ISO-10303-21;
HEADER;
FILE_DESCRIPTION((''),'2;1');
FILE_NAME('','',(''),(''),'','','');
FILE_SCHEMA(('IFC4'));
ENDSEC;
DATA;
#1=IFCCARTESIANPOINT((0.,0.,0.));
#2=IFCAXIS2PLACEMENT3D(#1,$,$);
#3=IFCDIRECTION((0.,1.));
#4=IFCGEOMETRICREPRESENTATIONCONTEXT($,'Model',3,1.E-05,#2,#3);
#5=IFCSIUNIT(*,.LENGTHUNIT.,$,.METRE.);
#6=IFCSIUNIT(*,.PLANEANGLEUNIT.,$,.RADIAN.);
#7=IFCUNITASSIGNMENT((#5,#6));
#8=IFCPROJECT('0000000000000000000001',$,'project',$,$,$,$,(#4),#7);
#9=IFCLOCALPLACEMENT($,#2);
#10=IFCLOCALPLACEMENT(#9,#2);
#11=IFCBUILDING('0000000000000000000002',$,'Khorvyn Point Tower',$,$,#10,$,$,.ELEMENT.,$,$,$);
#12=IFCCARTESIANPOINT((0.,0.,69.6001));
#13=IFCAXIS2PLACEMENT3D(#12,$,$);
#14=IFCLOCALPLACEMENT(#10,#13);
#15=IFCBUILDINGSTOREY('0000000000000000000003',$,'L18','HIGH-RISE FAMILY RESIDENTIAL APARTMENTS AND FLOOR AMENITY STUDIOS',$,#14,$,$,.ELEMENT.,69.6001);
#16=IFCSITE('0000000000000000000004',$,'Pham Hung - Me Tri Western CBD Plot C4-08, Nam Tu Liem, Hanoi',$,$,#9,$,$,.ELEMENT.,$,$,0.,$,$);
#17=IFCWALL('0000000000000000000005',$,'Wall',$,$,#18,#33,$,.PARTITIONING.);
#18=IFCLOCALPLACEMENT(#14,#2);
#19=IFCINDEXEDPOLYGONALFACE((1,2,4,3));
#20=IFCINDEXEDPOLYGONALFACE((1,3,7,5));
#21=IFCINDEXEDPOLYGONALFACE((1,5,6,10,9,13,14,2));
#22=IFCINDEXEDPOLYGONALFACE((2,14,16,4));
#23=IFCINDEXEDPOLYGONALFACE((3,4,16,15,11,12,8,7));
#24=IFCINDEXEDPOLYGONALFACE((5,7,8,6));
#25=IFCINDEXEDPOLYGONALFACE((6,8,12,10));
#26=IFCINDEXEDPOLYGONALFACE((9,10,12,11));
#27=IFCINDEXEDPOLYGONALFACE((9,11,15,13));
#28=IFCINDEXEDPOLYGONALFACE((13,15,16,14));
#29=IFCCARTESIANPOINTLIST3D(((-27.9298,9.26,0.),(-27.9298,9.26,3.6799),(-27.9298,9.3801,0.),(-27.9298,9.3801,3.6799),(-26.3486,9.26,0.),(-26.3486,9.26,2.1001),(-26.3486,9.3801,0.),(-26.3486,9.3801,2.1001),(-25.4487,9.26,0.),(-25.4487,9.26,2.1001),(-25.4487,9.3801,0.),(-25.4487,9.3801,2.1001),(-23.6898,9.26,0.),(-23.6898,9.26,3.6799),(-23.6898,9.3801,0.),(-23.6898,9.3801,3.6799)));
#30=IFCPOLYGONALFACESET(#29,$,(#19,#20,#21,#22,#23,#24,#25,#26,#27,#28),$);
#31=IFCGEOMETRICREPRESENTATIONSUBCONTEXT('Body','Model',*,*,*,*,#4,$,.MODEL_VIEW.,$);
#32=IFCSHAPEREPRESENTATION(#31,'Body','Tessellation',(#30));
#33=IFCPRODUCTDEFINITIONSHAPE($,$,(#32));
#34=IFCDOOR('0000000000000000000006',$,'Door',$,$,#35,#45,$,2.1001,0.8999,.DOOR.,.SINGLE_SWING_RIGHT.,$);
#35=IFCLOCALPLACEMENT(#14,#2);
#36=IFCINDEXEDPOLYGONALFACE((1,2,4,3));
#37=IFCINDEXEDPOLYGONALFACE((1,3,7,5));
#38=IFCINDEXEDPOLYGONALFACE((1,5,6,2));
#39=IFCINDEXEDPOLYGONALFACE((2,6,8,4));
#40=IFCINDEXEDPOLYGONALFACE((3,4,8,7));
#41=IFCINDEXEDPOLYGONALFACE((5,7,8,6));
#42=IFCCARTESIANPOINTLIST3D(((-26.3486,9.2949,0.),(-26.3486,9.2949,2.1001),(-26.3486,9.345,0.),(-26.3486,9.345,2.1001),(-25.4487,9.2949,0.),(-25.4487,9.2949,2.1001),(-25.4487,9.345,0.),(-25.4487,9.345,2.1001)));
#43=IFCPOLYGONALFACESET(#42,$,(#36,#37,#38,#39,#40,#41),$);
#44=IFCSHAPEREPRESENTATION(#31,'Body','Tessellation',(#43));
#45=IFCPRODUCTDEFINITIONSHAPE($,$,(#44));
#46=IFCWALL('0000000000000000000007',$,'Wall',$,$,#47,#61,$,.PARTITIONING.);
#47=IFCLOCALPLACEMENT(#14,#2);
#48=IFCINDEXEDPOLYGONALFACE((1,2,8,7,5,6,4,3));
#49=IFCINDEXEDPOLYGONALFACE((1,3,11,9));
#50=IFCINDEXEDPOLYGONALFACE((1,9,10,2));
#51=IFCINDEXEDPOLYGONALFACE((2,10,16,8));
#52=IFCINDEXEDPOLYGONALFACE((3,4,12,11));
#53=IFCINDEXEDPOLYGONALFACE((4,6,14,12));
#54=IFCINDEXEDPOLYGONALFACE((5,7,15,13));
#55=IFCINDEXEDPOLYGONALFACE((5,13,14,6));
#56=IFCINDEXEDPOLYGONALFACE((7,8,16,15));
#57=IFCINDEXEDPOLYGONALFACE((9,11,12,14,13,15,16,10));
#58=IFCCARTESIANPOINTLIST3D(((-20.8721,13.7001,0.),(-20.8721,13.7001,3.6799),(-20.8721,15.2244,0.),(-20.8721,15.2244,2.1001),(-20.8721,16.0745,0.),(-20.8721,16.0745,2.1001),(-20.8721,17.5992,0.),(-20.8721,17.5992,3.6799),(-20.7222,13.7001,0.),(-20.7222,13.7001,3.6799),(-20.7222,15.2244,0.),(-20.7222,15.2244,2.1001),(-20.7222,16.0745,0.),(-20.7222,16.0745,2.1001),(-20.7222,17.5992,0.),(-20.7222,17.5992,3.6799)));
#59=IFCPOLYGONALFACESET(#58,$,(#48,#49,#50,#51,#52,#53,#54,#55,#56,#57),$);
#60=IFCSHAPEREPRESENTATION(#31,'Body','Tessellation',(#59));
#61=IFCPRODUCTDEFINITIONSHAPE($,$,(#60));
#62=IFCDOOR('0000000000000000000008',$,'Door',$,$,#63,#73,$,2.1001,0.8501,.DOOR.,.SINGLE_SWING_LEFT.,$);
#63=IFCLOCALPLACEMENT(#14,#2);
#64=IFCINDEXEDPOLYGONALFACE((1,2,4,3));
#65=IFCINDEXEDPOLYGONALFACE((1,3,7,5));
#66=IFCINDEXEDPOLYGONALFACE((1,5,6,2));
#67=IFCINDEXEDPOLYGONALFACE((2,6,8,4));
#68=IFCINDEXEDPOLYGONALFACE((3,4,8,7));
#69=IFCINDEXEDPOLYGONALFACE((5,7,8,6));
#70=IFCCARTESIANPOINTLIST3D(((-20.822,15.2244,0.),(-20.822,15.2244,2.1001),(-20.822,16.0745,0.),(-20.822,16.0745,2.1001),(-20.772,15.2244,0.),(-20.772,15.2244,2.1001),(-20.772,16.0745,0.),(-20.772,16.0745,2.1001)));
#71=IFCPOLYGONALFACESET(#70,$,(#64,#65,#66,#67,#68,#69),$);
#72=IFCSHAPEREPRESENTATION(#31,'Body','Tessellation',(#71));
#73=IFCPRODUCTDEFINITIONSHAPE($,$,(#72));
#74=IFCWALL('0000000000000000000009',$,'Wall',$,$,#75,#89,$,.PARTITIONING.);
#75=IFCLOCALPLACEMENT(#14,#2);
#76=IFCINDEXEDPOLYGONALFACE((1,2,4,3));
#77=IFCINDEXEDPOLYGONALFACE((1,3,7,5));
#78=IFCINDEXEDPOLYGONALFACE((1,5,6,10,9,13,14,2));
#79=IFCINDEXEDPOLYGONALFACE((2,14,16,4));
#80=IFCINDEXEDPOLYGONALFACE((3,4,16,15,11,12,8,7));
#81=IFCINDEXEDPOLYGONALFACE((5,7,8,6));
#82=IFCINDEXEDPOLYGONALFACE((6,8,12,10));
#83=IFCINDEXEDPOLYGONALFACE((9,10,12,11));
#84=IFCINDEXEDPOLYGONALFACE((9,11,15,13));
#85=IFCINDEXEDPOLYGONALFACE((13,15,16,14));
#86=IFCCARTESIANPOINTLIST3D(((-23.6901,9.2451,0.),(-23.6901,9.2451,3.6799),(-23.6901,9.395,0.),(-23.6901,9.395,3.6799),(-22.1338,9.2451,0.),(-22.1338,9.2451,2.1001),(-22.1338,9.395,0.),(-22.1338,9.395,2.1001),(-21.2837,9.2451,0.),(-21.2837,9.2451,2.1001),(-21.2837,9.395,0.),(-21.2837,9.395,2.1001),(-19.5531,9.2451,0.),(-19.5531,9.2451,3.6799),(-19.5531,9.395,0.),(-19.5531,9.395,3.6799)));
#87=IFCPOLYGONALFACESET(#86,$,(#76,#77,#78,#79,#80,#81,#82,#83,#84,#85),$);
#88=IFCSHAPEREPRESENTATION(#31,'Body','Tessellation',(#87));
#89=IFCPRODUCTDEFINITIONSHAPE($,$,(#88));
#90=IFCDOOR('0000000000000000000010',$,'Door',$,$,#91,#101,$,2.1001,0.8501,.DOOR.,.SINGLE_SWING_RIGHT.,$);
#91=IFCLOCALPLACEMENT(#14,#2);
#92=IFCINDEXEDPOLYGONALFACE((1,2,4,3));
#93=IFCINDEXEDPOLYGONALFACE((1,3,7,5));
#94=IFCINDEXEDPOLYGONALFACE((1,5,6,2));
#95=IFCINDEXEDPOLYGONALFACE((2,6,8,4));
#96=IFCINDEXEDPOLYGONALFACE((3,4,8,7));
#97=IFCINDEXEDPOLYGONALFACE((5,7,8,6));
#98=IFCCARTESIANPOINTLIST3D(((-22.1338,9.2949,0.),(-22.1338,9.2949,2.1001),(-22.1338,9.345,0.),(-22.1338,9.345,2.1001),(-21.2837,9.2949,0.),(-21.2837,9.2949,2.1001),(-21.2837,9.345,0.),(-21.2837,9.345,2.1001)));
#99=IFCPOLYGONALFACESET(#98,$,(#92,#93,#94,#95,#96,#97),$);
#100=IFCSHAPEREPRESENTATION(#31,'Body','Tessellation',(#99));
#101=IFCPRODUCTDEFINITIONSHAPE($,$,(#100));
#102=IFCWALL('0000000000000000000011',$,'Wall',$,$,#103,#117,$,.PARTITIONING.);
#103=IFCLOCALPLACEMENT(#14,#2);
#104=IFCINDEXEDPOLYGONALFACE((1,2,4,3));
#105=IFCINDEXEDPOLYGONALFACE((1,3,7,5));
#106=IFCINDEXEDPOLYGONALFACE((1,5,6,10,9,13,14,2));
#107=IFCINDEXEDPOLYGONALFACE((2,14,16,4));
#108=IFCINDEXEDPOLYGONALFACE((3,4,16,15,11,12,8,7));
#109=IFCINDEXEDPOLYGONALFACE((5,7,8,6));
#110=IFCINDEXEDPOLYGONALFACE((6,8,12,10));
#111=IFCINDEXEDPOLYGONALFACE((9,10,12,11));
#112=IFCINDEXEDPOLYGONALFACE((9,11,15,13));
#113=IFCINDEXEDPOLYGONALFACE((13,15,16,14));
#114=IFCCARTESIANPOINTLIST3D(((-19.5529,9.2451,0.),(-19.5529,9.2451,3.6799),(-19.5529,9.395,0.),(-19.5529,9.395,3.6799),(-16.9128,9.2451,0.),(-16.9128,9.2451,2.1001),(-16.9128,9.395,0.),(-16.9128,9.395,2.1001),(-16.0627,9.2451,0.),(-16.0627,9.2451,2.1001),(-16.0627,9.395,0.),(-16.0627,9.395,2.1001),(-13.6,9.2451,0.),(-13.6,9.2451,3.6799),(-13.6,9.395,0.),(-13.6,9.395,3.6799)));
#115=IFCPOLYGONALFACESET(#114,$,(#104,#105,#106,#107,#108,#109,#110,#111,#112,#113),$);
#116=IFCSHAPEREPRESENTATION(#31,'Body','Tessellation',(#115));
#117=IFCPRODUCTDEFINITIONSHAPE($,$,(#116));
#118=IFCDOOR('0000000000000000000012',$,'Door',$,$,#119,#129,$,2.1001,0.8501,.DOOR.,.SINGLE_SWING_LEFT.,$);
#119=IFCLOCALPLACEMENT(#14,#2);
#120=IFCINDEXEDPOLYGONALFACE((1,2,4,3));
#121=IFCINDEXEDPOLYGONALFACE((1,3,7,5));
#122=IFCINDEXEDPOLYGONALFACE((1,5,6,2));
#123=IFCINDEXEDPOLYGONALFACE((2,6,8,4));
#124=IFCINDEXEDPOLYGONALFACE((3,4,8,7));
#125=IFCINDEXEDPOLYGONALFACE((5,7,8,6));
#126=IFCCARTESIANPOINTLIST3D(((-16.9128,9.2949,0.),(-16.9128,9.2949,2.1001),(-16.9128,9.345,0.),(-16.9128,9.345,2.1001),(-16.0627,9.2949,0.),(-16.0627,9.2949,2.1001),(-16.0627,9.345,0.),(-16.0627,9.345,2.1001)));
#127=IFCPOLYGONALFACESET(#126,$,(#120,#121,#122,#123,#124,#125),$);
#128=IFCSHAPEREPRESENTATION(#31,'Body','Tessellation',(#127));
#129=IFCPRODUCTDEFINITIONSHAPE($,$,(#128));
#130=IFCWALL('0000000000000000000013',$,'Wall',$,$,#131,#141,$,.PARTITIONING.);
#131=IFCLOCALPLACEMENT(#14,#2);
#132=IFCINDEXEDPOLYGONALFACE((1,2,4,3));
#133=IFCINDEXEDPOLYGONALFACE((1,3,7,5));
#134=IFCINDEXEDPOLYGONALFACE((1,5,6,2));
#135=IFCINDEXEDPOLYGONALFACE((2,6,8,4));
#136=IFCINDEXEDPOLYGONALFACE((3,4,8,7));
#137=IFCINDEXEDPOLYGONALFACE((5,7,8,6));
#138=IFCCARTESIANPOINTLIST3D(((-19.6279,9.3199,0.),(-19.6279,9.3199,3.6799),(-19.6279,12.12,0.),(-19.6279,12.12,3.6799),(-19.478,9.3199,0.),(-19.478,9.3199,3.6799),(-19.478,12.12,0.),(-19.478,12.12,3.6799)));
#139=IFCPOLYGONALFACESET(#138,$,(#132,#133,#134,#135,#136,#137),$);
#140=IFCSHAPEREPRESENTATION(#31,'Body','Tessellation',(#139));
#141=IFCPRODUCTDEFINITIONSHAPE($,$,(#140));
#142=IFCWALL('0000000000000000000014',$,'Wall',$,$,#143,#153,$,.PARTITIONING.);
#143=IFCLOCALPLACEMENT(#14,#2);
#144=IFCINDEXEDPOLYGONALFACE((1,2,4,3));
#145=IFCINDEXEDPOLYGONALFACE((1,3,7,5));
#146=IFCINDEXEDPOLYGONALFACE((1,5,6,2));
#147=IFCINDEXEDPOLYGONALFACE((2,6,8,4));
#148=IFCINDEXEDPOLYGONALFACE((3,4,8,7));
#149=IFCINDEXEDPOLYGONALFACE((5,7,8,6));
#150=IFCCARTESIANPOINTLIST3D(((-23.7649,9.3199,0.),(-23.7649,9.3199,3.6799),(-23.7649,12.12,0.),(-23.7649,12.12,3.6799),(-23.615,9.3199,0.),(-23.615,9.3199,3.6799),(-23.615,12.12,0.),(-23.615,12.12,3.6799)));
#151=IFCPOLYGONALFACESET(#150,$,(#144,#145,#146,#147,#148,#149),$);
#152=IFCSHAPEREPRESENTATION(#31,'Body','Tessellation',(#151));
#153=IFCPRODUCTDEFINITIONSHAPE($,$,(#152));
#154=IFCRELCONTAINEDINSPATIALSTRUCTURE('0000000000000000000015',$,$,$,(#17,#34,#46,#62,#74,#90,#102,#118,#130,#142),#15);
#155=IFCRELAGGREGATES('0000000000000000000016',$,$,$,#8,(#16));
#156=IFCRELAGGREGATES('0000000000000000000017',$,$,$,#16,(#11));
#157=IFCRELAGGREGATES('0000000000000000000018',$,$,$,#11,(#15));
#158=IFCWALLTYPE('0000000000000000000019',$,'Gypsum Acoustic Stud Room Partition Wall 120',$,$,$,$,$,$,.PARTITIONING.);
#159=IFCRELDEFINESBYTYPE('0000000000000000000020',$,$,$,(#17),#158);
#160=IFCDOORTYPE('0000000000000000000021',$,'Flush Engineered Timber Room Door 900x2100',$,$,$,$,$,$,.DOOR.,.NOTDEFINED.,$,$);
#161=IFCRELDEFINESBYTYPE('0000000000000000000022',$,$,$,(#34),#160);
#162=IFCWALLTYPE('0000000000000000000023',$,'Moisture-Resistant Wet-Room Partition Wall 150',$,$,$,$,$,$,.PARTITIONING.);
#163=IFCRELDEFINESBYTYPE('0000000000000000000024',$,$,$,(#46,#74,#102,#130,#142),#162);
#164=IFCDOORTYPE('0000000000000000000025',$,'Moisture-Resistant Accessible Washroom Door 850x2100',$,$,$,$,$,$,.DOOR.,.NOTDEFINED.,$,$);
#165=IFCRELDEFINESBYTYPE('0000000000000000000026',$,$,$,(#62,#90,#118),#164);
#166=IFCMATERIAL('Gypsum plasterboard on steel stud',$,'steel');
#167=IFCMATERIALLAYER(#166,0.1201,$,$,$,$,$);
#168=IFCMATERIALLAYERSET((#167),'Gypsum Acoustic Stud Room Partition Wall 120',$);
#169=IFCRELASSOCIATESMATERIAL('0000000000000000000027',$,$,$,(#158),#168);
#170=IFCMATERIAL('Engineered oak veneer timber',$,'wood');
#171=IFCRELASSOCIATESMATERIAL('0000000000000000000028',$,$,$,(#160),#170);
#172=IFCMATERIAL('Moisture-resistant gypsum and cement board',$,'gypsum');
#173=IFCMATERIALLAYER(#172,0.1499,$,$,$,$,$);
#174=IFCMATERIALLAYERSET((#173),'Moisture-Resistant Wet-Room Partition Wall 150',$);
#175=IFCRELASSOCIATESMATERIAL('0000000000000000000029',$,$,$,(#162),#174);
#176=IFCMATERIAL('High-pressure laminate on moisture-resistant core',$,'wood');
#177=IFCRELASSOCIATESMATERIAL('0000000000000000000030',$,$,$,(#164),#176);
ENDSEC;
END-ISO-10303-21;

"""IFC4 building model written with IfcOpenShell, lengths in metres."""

from ifc_helpers import new_model, si_unit, direction, frame, frame_2d, origin, place, context, subcontext, project, spatial, rectangle, extrude, material, layer, layer_set, type_object, element, fill, save


model = new_model("IFC4")

# Units and contexts
model_context = context("Model", 3, precision=1e-05, world=origin(), true_north=direction((0.0, 1.0)))
body_context = subcontext(model_context, "Body", "Model", "MODEL_VIEW")
ifc_project = project(units=[si_unit("LENGTHUNIT", "METRE"), si_unit("PLANEANGLEUNIT", "RADIAN")], contexts=[model_context])

# Site, building, storey
site_placement = place(None, origin())
site = spatial("IfcSite", under=ifc_project, at=site_placement, Name="Pham Hung - Me Tri Western CBD Plot C4-08, Nam Tu Liem, Hanoi", CompositionType="ELEMENT", RefElevation=0.0)
building_placement = place(site_placement, origin())
building = spatial("IfcBuilding", under=site, at=building_placement, Name="Khorvyn Point Tower", CompositionType="ELEMENT")
storey_placement = place(building_placement, frame((0.0, 0.0, 69.6001)))
storey = spatial("IfcBuildingStorey", under=building, at=storey_placement, Name="L18", Description="HIGH-RISE FAMILY RESIDENTIAL APARTMENTS AND FLOOR AMENITY STUDIOS", CompositionType="ELEMENT", Elevation=69.6001)

# Walls, openings, doors
ifc_material_1 = material(Name="Gypsum plasterboard on steel stud", Category="steel")
ifc_layer_1 = layer(ifc_material_1, 0.1201)
ifc_layer_set_1 = layer_set([ifc_layer_1], Name="Gypsum Acoustic Stud Room Partition Wall 120")
wall_type_1 = type_object("IfcWallType", Name="Gypsum Acoustic Stud Room Partition Wall 120", PredefinedType="PARTITIONING", material=ifc_layer_set_1)
wall_1_placement = place(storey_placement, frame((-27.9299, 9.3201, 0.0), z_axis=(0.0, 0.0, 1.0), x_axis=(1.0, 0.0, 0.0)))
wall_1 = element("IfcWall", 1, at=wall_1_placement, inside=storey, type_object=wall_type_1, Name="Wall", PredefinedType="PARTITIONING", context=body_context, shape_type="SweptSolid", body=[
    extrude(rectangle(XDim=4.24, YDim=0.1201, at=frame_2d((2.1201, 0.0))), origin(), (0.0, 0.0, 1.0), 3.6799),
])
opening_1_placement = place(wall_1_placement, frame((1.5813, 0.0, 0.0)))
opening_1 = element("IfcOpeningElement", 2, at=opening_1_placement, cuts=wall_1, PredefinedType="OPENING", context=body_context, shape_type="SweptSolid", body=[
    extrude(rectangle(XDim=0.8999, YDim=2.1001, at=frame_2d((0.45, 1.05))), frame((0.0, 0.0701, 0.0), z_axis=(0.0, -1.0, 0.0), x_axis=(1.0, 0.0, 0.0)), (0.0, 0.0, 1.0), 0.1401),
])
ifc_material_2 = material(Name="Engineered oak veneer timber", Category="wood")
door_type_1 = type_object("IfcDoorType", Name="Flush Engineered Timber Room Door 900x2100", OperationType="NOTDEFINED", PredefinedType="DOOR", material=ifc_material_2)
door_1_placement = place(opening_1_placement, origin())
door_1 = element("IfcDoor", 3, at=door_1_placement, inside=storey, type_object=door_type_1, Name="Door", OperationType="SINGLE_SWING_RIGHT", OverallHeight=2.1001, OverallWidth=0.8999, PredefinedType="DOOR", context=body_context, shape_type="SweptSolid", body=[
    extrude(rectangle(XDim=0.8999, YDim=2.1001, at=frame_2d((0.45, 1.05))), frame((0.0, 0.0249, 0.0), z_axis=(0.0, -1.0, 0.0), x_axis=(1.0, 0.0, 0.0)), (0.0, 0.0, 1.0), 0.05),
])
fill(opening_1, door_1)
ifc_material_3 = material(Name="Moisture-resistant gypsum and cement board", Category="gypsum")
ifc_layer_2 = layer(ifc_material_3, 0.1499)
ifc_layer_set_2 = layer_set([ifc_layer_2], Name="Moisture-Resistant Wet-Room Partition Wall 150")
wall_type_2 = type_object("IfcWallType", Name="Moisture-Resistant Wet-Room Partition Wall 150", PredefinedType="PARTITIONING", material=ifc_layer_set_2)
wall_2_placement = place(storey_placement, frame((-20.7971, 13.7, 0.0), z_axis=(0.0, 0.0, 1.0), x_axis=(0.0, 1.0, 0.0)))
wall_2 = element("IfcWall", 4, at=wall_2_placement, inside=storey, type_object=wall_type_2, Name="Wall", PredefinedType="PARTITIONING", context=body_context, shape_type="SweptSolid", body=[
    extrude(rectangle(XDim=3.8992, YDim=0.1499, at=frame_2d((1.9497, 0.0))), origin(), (0.0, 0.0, 1.0), 3.6799),
])
opening_2_placement = place(wall_2_placement, frame((1.5244, 0.0, 0.0)))
opening_2 = element("IfcOpeningElement", 5, at=opening_2_placement, cuts=wall_2, PredefinedType="OPENING", context=body_context, shape_type="SweptSolid", body=[
    extrude(rectangle(XDim=0.8501, YDim=2.1001, at=frame_2d((0.425, 1.05))), frame((0.0, 0.085, 0.0), z_axis=(0.0, -1.0, 0.0), x_axis=(1.0, 0.0, 0.0)), (0.0, 0.0, 1.0), 0.1699),
])
ifc_material_4 = material(Name="High-pressure laminate on moisture-resistant core", Category="wood")
door_type_2 = type_object("IfcDoorType", Name="Moisture-Resistant Accessible Washroom Door 850x2100", OperationType="NOTDEFINED", PredefinedType="DOOR", material=ifc_material_4)
door_2_placement = place(opening_2_placement, origin())
door_2 = element("IfcDoor", 6, at=door_2_placement, inside=storey, type_object=door_type_2, Name="Door", OperationType="SINGLE_SWING_LEFT", OverallHeight=2.1001, OverallWidth=0.8501, PredefinedType="DOOR", context=body_context, shape_type="SweptSolid", body=[
    extrude(rectangle(XDim=0.8501, YDim=2.1001, at=frame_2d((0.425, 1.05))), frame((0.0, 0.0249, 0.0), z_axis=(0.0, -1.0, 0.0), x_axis=(1.0, 0.0, 0.0)), (0.0, 0.0, 1.0), 0.05),
])
fill(opening_2, door_2)
wall_3_placement = place(storey_placement, frame((-23.6899, 9.3201, 0.0), z_axis=(0.0, 0.0, 1.0), x_axis=(1.0, 0.0, 0.0)))
wall_3 = element("IfcWall", 7, at=wall_3_placement, inside=storey, type_object=wall_type_2, Name="Wall", PredefinedType="PARTITIONING", context=body_context, shape_type="SweptSolid", body=[
    extrude(rectangle(XDim=4.137, YDim=0.1499, at=frame_2d((2.0684, 0.0))), origin(), (0.0, 0.0, 1.0), 3.6799),
])
opening_3_placement = place(wall_3_placement, frame((1.5562, 0.0, 0.0)))
opening_3 = element("IfcOpeningElement", 8, at=opening_3_placement, cuts=wall_3, PredefinedType="OPENING", context=body_context, shape_type="SweptSolid", body=[
    extrude(rectangle(XDim=0.8501, YDim=2.1001, at=frame_2d((0.425, 1.05))), frame((0.0, 0.085, 0.0), z_axis=(0.0, -1.0, 0.0), x_axis=(1.0, 0.0, 0.0)), (0.0, 0.0, 1.0), 0.1699),
])
door_3_placement = place(opening_3_placement, origin())
door_3 = element("IfcDoor", 9, at=door_3_placement, inside=storey, type_object=door_type_2, Name="Door", OperationType="SINGLE_SWING_RIGHT", OverallHeight=2.1001, OverallWidth=0.8501, PredefinedType="DOOR", context=body_context, shape_type="SweptSolid", body=[
    extrude(rectangle(XDim=0.8501, YDim=2.1001, at=frame_2d((0.425, 1.05))), frame((0.0, 0.0249, 0.0), z_axis=(0.0, -1.0, 0.0), x_axis=(1.0, 0.0, 0.0)), (0.0, 0.0, 1.0), 0.05),
])
fill(opening_3, door_3)
wall_4_placement = place(storey_placement, frame((-19.553, 9.3201, 0.0), z_axis=(0.0, 0.0, 1.0), x_axis=(1.0, 0.0, 0.0)))
wall_4 = element("IfcWall", 10, at=wall_4_placement, inside=storey, type_object=wall_type_2, Name="Wall", PredefinedType="PARTITIONING", context=body_context, shape_type="SweptSolid", body=[
    extrude(rectangle(XDim=5.9529, YDim=0.1499, at=frame_2d((2.9766, 0.0))), origin(), (0.0, 0.0, 1.0), 3.6799),
])
opening_4_placement = place(wall_4_placement, frame((2.6401, 0.0, 0.0)))
opening_4 = element("IfcOpeningElement", 11, at=opening_4_placement, cuts=wall_4, PredefinedType="OPENING", context=body_context, shape_type="SweptSolid", body=[
    extrude(rectangle(XDim=0.8501, YDim=2.1001, at=frame_2d((0.425, 1.05))), frame((0.0, 0.085, 0.0), z_axis=(0.0, -1.0, 0.0), x_axis=(1.0, 0.0, 0.0)), (0.0, 0.0, 1.0), 0.1699),
])
door_4_placement = place(opening_4_placement, origin())
door_4 = element("IfcDoor", 12, at=door_4_placement, inside=storey, type_object=door_type_2, Name="Door", OperationType="SINGLE_SWING_LEFT", OverallHeight=2.1001, OverallWidth=0.8501, PredefinedType="DOOR", context=body_context, shape_type="SweptSolid", body=[
    extrude(rectangle(XDim=0.8501, YDim=2.1001, at=frame_2d((0.425, 1.05))), frame((0.0, 0.0249, 0.0), z_axis=(0.0, -1.0, 0.0), x_axis=(1.0, 0.0, 0.0)), (0.0, 0.0, 1.0), 0.05),
])
fill(opening_4, door_4)

# Walls
for number, where, z_axis, x_axis, name in (
    (13, (-19.553, 9.3201, 0.0), (0.0, 0.0, 1.0), (0.0, 1.0, 0.0), "Wall"),
    (14, (-23.6899, 9.3201, 0.0), (0.0, 0.0, 1.0), (0.0, 1.0, 0.0), "Wall"),
):
    element("IfcWall", number, at=place(storey_placement, frame(where, z_axis=z_axis, x_axis=x_axis)), inside=storey, type_object=wall_type_2, Name=name, PredefinedType="PARTITIONING", context=body_context, shape_type="SweptSolid", body=[
        extrude(rectangle(XDim=2.8, YDim=0.1499, at=frame_2d((1.3999, 0.0))), origin(), (0.0, 0.0, 1.0), 3.6799),
    ])

save(model, "model.ifc")
